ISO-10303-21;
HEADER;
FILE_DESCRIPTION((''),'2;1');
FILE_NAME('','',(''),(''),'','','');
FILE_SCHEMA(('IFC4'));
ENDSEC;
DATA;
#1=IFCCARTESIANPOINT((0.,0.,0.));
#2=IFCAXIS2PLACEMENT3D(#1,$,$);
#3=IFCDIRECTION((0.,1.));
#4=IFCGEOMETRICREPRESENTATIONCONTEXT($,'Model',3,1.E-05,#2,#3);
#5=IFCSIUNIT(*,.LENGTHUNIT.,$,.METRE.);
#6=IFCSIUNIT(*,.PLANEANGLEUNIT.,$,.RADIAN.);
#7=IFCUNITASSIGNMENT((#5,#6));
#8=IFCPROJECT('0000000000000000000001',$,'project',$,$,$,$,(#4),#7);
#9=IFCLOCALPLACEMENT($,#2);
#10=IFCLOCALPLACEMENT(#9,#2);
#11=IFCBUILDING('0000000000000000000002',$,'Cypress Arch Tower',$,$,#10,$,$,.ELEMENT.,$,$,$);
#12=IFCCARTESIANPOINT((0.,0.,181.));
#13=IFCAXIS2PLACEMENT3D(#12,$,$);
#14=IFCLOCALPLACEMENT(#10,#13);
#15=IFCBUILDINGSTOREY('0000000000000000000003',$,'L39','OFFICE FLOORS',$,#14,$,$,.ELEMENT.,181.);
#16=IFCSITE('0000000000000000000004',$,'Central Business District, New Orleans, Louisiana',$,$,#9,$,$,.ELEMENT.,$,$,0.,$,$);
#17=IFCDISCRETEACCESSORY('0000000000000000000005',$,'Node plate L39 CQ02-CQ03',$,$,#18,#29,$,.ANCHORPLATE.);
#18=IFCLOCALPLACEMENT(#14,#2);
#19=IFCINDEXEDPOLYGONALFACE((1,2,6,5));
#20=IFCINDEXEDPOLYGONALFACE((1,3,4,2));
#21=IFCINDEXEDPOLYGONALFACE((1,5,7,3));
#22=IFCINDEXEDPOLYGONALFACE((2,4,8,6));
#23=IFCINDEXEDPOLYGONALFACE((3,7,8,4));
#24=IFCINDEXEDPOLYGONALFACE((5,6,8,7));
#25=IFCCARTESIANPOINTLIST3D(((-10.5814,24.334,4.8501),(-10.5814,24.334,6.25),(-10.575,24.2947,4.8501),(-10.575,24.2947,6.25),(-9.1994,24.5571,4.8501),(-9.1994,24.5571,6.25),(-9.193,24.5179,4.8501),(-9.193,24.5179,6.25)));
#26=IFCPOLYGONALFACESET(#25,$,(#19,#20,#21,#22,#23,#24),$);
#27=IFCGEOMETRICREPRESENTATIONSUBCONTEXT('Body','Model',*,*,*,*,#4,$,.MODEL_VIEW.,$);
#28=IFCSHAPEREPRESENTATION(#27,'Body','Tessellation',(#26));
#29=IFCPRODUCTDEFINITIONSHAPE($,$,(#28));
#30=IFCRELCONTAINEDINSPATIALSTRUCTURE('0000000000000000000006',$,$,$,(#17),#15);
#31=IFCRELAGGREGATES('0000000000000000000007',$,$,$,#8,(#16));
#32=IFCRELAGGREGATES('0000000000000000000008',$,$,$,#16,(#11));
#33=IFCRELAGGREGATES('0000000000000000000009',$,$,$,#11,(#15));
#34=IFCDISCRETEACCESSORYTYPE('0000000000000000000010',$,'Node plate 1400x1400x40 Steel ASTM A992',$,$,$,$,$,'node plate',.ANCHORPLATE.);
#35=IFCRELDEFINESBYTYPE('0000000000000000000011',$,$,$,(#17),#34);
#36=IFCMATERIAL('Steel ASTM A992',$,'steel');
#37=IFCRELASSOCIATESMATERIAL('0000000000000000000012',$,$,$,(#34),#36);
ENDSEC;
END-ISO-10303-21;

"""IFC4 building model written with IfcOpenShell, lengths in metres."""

from ifc_helpers import new_model, si_unit, direction, frame, origin, origin_2d, place, context, subcontext, project, spatial, rectangle, extrude, material, material_profile, profile_set, type_object, element, save


model = new_model("IFC4")

# Units and contexts
model_context = context("Model", 3, precision=1e-05, world=origin(), true_north=direction((0.0, 1.0)))
body_context = subcontext(model_context, "Body", "Model", "MODEL_VIEW")
ifc_project = project(units=[si_unit("LENGTHUNIT", "METRE"), si_unit("PLANEANGLEUNIT", "RADIAN")], contexts=[model_context])

# Site, building, storey
site_placement = place(None, origin())
site = spatial("IfcSite", under=ifc_project, at=site_placement, Name="Central Business District, New Orleans, Louisiana", CompositionType="ELEMENT", RefElevation=0.0)
building_placement = place(site_placement, origin())
building = spatial("IfcBuilding", under=site, at=building_placement, Name="Cypress Arch Tower", CompositionType="ELEMENT")
storey_placement = place(building_placement, frame((0.0, 0.0, 181.0)))
storey = spatial("IfcBuildingStorey", under=building, at=storey_placement, Name="L39", Description="OFFICE FLOORS", CompositionType="ELEMENT", Elevation=181.0)

# Discrete accessory
ifc_material_1 = material(Name="Steel ASTM A992", Category="steel")
ifc_material_profile_1 = material_profile(ifc_material_1, rectangle(XDim=1.3999, YDim=1.3999, at=origin_2d()), Name="PL 40 1400x1400")
ifc_profile_set_1 = profile_set([ifc_material_profile_1], Name="Steel ASTM A992")
discrete_accessory_type_1 = type_object("IfcDiscreteAccessoryType", Name="Node plate 1400x1400x40 Steel ASTM A992", ElementType="node plate", PredefinedType="ANCHORPLATE", material=ifc_profile_set_1)
discrete_accessory_1_placement = place(storey_placement, frame((-9.8904, 24.4456, 5.55), z_axis=(0.159425, -0.98721, 0.0), x_axis=(0.98721, 0.159425, 0.0)))
element("IfcDiscreteAccessory", 1, at=discrete_accessory_1_placement, inside=storey, type_object=discrete_accessory_type_1, Name="Node plate L39 CQ02-CQ03", PredefinedType="ANCHORPLATE", context=body_context, shape_type="SweptSolid", body=[
    extrude(rectangle(XDim=1.3999, YDim=1.3999, at=origin_2d()), origin(), (0.0, 0.0, 1.0), 0.0398),
])

save(model, "model.ifc")
